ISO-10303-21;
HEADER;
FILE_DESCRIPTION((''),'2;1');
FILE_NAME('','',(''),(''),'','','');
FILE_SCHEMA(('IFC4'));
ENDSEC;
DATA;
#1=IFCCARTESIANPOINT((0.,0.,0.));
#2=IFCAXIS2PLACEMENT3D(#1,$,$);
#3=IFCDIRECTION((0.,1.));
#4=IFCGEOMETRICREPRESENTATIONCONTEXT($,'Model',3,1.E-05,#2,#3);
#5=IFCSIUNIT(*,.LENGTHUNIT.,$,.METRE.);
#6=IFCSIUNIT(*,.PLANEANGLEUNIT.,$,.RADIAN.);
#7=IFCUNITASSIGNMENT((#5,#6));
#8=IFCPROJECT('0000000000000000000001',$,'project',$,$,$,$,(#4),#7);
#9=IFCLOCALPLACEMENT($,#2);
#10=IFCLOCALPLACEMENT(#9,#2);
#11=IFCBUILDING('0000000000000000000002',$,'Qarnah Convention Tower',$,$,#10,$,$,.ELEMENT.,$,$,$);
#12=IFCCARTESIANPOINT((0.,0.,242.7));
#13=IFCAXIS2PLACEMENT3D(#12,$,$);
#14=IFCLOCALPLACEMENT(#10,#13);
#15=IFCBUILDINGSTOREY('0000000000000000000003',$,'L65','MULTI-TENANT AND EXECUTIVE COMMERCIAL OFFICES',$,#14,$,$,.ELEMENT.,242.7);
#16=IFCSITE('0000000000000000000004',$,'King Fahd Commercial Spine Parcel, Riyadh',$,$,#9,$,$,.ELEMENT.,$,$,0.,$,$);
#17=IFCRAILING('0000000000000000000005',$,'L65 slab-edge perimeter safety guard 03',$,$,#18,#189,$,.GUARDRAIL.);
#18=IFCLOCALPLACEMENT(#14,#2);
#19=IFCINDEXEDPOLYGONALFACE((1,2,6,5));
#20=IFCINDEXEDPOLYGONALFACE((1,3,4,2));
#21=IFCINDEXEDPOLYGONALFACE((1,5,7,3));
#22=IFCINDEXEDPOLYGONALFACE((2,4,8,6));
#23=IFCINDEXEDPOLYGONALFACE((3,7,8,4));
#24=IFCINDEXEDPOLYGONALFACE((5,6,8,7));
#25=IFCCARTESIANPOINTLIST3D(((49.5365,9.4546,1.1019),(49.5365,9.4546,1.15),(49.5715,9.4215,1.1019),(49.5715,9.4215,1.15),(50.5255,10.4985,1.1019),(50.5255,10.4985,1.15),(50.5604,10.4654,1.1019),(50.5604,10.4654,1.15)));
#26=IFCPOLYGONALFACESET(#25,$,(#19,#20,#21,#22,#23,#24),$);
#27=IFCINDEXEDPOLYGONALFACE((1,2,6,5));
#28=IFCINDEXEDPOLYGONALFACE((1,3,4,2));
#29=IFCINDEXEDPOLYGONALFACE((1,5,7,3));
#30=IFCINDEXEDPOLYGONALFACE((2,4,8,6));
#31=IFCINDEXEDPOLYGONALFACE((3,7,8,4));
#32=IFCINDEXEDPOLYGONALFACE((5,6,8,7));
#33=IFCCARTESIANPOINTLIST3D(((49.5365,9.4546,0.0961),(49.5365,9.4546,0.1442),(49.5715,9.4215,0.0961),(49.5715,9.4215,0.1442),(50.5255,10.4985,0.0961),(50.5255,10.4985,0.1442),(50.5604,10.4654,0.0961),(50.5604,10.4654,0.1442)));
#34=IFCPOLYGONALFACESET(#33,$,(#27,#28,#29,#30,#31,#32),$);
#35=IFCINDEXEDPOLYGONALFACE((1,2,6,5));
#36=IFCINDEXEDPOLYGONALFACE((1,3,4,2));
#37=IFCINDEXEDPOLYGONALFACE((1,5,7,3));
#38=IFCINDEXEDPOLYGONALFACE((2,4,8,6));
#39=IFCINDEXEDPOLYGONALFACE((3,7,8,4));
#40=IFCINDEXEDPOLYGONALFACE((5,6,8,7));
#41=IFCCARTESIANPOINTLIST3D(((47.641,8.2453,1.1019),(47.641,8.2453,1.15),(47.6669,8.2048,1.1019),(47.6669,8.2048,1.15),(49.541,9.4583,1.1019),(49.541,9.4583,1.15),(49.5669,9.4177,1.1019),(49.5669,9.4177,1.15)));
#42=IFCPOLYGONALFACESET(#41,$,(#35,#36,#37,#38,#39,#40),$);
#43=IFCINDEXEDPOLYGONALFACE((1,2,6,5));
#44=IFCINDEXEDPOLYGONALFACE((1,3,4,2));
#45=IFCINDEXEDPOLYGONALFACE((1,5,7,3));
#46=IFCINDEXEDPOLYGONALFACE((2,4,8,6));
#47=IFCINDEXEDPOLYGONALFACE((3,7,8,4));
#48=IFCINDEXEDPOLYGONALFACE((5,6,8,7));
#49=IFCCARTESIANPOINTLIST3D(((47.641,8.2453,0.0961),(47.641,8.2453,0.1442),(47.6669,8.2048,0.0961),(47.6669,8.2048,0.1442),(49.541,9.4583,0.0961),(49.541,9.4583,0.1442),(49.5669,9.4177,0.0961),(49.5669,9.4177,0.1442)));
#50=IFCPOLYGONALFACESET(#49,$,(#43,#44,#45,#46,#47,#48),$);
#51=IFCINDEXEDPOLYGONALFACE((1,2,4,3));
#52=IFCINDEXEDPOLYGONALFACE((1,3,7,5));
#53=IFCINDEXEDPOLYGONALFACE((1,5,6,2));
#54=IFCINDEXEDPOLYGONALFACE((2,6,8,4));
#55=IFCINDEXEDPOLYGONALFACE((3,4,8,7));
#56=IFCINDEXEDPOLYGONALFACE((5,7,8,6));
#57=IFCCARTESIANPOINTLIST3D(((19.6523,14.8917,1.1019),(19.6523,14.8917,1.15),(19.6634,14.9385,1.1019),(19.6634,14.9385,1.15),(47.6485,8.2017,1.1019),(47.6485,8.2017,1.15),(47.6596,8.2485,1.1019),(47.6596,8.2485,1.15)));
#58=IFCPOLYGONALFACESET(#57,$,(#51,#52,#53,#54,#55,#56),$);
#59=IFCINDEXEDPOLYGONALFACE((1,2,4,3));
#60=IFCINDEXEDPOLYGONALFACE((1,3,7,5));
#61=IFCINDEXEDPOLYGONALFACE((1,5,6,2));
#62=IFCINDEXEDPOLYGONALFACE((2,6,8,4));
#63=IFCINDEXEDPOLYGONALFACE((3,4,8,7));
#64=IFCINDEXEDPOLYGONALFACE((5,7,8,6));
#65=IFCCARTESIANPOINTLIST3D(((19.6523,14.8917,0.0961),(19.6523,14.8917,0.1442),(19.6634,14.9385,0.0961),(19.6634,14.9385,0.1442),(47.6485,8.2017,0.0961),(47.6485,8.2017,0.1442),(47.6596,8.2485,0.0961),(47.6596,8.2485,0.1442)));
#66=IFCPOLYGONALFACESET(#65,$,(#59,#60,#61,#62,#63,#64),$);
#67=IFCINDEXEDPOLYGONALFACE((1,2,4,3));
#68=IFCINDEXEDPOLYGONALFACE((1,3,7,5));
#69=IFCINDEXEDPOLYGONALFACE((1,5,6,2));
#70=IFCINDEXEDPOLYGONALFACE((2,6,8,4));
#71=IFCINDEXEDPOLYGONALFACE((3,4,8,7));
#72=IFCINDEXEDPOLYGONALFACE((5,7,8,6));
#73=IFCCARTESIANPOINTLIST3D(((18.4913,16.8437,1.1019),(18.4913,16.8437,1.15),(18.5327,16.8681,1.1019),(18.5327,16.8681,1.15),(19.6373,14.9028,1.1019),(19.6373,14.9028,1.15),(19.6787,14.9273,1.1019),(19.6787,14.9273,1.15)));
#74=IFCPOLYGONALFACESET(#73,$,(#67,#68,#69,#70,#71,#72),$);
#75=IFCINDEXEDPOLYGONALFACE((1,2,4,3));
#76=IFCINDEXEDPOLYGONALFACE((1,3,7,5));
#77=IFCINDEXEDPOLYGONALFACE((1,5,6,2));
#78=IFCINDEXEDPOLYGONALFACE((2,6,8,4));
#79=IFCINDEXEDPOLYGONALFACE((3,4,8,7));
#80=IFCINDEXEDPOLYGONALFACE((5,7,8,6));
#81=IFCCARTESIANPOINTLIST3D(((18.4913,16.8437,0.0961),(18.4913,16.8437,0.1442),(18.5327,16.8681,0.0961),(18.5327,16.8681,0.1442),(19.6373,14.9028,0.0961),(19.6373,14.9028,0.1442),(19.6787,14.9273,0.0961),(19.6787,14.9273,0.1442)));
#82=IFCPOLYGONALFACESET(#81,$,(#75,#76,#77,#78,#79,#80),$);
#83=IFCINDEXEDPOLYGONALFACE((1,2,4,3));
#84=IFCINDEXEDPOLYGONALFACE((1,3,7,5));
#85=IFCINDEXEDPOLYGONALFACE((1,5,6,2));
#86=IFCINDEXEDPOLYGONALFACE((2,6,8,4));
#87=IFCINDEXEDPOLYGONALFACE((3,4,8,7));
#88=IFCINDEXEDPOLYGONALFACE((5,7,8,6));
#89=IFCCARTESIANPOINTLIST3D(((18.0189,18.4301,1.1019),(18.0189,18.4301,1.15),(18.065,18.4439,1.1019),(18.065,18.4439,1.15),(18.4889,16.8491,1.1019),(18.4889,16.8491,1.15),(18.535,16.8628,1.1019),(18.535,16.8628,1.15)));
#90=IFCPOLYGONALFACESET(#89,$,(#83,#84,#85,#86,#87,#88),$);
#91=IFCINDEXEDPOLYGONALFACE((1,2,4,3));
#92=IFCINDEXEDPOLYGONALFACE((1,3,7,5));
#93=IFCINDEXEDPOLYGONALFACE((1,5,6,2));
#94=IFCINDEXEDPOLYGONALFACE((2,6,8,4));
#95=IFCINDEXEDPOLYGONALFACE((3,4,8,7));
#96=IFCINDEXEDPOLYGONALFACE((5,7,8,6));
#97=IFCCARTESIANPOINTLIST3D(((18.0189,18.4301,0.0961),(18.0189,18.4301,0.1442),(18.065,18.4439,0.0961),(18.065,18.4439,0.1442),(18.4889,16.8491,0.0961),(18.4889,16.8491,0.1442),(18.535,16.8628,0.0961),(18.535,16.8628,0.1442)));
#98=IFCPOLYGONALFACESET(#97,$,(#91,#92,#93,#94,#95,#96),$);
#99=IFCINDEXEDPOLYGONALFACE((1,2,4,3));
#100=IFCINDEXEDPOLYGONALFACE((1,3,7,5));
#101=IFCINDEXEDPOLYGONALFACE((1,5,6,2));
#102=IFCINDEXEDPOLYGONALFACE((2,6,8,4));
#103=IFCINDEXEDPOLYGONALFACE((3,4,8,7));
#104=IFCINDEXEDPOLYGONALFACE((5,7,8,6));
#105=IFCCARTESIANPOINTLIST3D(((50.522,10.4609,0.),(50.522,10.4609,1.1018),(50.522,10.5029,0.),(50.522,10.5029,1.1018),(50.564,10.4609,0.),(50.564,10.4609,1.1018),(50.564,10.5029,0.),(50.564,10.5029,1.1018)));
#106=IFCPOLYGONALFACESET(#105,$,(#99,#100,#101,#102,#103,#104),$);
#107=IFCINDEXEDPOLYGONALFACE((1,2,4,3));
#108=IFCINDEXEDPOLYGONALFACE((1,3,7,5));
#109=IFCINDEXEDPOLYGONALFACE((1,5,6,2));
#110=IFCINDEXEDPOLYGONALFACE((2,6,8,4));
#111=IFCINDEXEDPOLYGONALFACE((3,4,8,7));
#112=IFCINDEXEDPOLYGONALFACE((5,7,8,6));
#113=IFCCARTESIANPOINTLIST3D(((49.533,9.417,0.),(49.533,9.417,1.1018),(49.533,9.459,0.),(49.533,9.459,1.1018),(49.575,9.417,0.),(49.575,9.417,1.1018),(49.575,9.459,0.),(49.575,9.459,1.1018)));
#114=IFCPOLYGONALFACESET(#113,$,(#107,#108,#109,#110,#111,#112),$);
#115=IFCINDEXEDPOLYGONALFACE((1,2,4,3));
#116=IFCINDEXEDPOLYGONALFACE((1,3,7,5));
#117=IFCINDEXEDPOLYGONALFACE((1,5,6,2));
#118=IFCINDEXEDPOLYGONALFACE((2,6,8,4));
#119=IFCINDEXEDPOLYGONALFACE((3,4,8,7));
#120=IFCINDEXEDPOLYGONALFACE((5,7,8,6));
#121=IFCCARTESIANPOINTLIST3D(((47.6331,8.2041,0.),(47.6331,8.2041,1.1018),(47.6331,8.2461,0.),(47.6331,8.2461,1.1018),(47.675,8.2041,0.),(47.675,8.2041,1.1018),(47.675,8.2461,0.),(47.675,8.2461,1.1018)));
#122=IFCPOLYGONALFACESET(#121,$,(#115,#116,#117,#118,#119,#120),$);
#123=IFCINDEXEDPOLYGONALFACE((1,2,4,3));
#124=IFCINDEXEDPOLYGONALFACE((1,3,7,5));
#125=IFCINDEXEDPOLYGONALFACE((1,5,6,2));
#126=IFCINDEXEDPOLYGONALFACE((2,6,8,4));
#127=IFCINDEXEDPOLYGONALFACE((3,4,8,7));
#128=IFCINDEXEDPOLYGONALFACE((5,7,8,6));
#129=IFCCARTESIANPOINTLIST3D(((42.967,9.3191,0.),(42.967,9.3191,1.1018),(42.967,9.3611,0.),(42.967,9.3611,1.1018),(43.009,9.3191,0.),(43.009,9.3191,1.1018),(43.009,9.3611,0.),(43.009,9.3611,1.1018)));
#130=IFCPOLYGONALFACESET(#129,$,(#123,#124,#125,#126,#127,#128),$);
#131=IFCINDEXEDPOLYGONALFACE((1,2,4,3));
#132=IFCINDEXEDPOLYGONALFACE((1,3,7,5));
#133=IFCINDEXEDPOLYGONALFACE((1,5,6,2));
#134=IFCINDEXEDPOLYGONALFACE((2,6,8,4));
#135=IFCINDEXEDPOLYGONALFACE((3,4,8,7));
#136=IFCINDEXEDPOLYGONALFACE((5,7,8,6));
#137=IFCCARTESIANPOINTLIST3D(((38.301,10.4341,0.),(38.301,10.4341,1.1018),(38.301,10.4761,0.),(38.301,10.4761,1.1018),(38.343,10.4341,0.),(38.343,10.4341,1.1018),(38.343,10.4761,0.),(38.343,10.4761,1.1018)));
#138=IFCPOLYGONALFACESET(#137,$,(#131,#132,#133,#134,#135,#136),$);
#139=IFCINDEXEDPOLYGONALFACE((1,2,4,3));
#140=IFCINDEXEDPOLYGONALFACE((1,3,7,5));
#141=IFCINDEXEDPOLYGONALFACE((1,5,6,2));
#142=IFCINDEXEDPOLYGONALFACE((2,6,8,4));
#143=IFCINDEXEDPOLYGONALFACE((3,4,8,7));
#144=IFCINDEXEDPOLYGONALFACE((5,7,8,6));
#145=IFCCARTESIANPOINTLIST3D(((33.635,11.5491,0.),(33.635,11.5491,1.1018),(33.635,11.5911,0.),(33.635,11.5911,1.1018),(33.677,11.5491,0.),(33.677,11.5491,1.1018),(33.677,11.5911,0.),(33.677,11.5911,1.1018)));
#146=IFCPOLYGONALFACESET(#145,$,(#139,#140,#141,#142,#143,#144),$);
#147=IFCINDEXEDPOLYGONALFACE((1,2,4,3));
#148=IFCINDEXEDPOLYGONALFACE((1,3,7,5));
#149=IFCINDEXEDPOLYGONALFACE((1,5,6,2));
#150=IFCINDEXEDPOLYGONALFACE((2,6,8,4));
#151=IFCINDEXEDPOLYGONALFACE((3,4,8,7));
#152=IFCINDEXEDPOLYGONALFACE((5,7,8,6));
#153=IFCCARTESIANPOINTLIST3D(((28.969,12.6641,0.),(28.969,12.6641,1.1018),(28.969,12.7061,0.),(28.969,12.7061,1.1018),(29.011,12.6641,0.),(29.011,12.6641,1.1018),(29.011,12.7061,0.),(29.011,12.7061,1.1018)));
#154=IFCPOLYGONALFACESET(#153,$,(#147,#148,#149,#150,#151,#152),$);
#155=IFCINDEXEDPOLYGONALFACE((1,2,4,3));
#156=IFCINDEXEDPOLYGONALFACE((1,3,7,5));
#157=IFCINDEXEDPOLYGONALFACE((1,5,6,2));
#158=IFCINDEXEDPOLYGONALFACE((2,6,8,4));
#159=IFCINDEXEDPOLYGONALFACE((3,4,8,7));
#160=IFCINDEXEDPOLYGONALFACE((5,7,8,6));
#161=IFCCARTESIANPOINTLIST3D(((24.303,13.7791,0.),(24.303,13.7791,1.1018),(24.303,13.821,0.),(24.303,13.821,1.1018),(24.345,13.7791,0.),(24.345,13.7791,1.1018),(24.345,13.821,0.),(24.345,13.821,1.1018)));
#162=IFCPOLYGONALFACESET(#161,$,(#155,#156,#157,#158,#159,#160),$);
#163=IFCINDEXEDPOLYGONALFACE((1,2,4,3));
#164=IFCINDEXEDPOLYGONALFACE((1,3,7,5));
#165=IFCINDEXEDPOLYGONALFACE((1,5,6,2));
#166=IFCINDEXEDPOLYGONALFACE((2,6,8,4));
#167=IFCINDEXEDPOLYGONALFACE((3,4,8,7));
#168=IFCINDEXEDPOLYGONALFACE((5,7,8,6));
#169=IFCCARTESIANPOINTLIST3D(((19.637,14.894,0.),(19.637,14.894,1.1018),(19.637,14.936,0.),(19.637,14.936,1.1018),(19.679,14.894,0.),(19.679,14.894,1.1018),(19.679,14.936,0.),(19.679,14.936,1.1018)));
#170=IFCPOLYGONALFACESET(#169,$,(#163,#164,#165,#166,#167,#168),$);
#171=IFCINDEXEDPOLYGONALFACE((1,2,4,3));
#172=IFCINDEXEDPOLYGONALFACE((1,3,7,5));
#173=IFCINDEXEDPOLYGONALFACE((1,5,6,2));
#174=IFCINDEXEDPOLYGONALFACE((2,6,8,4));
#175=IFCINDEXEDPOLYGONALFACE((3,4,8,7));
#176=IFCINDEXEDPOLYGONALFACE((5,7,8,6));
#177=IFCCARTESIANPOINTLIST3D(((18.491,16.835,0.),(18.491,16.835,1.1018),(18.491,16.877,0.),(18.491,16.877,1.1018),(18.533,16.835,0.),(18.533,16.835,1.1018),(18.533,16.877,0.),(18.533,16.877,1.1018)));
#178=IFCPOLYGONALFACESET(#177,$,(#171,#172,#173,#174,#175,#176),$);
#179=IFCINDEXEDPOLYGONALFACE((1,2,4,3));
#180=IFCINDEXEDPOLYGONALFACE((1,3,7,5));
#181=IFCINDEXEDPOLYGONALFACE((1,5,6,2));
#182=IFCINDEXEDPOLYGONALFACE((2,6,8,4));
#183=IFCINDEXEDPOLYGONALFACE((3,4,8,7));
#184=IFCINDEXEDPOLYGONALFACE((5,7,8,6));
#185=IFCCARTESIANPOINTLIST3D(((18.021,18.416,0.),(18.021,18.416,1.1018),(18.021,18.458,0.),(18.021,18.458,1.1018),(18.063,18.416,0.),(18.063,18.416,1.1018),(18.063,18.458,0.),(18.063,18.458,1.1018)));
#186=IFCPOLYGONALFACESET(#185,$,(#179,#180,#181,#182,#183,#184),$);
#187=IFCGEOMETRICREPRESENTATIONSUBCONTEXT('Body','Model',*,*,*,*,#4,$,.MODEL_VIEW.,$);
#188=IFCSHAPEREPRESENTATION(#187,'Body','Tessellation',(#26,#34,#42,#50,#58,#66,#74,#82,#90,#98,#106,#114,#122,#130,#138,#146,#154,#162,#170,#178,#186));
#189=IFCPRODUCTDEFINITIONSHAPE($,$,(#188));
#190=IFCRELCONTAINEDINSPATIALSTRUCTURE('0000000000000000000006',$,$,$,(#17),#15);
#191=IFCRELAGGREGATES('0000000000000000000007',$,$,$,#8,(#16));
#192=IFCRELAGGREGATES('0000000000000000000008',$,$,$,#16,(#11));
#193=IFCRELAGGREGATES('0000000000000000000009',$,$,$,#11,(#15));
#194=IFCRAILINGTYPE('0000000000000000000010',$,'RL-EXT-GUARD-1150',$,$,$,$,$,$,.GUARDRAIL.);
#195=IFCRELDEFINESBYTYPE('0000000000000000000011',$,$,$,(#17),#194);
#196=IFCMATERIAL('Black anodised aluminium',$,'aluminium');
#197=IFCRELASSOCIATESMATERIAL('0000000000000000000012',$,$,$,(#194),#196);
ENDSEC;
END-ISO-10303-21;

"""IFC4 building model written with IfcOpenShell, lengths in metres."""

from ifc_helpers import new_model, si_unit, direction, frame, origin, origin_2d, place, context, subcontext, project, spatial, rectangle, extrude, material, type_object, element, save


model = new_model("IFC4")

# Units and contexts
model_context = context("Model", 3, precision=1e-05, world=origin(), true_north=direction((0.0, 1.0)))
body_context = subcontext(model_context, "Body", "Model", "MODEL_VIEW")
ifc_project = project(units=[si_unit("LENGTHUNIT", "METRE"), si_unit("PLANEANGLEUNIT", "RADIAN")], contexts=[model_context])

# Site, building, storey
site_placement = place(None, origin())
site = spatial("IfcSite", under=ifc_project, at=site_placement, Name="King Fahd Commercial Spine Parcel, Riyadh", CompositionType="ELEMENT", RefElevation=0.0)
building_placement = place(site_placement, origin())
building = spatial("IfcBuilding", under=site, at=building_placement, Name="Qarnah Convention Tower", CompositionType="ELEMENT")
storey_placement = place(building_placement, frame((0.0, 0.0, 242.7)))
storey = spatial("IfcBuildingStorey", under=building, at=storey_placement, Name="L65", Description="MULTI-TENANT AND EXECUTIVE COMMERCIAL OFFICES", CompositionType="ELEMENT", Elevation=242.7)

# Shared definitions
ifc_material_1 = material(Name="Black anodised aluminium", Category="aluminium")

# Railing
railing_type = type_object("IfcRailingType", Name="RL-EXT-GUARD-1150", PredefinedType="GUARDRAIL", material=ifc_material_1)
railing_1_placement = place(storey_placement, frame((50.543, 10.4819, 0.0)))
element("IfcRailing", 1, at=railing_1_placement, inside=storey, type_object=railing_type, Name="L65 slab-edge perimeter safety guard 03", PredefinedType="GUARDRAIL", context=body_context, shape_type="SweptSolid", body=[
    extrude(rectangle(XDim=0.0481, YDim=0.0481, at=origin_2d()), frame((0.0, 0.0, 1.126), z_axis=(-0.687749, -0.725948, 0.0), x_axis=(0.725948, -0.687749, 0.0)), (0.0, 0.0, 1.0), 1.438),
    extrude(rectangle(XDim=0.0481, YDim=0.0481, at=origin_2d()), frame((0.0, 0.0, 0.1201), z_axis=(-0.687749, -0.725948, 0.0), x_axis=(0.725948, -0.687749, 0.0)), (0.0, 0.0, 1.0), 1.438),
    extrude(rectangle(XDim=0.0481, YDim=0.0481, at=origin_2d()), frame((-0.989, -1.0439, 1.126), z_axis=(-0.842885, -0.538094, 0.0), x_axis=(0.538094, -0.842885, 0.0)), (0.0, 0.0, 1.0), 2.2542),
    extrude(rectangle(XDim=0.0481, YDim=0.0481, at=origin_2d()), frame((-0.989, -1.0439, 0.1201), z_axis=(-0.842885, -0.538094, 0.0), x_axis=(0.538094, -0.842885, 0.0)), (0.0, 0.0, 1.0), 2.2542),
    extrude(rectangle(XDim=0.0481, YDim=0.0481, at=origin_2d()), frame((-2.8889, -2.2568, 1.126), z_axis=(-0.972616, 0.232416, 0.0), x_axis=(-0.232416, -0.972616, 0.0)), (0.0, 0.0, 1.0), 28.7844),
    extrude(rectangle(XDim=0.0481, YDim=0.0481, at=origin_2d()), frame((-2.8889, -2.2568, 0.1201), z_axis=(-0.972616, 0.232416, 0.0), x_axis=(-0.232416, -0.972616, 0.0)), (0.0, 0.0, 1.0), 28.7844),
    extrude(rectangle(XDim=0.0481, YDim=0.0481, at=origin_2d()), frame((-30.885, 4.4331, 1.126), z_axis=(-0.50843, 0.861103, 0.0), x_axis=(-0.861103, -0.50843, 0.0)), (0.0, 0.0, 1.0), 2.2539),
    extrude(rectangle(XDim=0.0481, YDim=0.0481, at=origin_2d()), frame((-30.885, 4.4331, 0.1201), z_axis=(-0.50843, 0.861103, 0.0), x_axis=(-0.861103, -0.50843, 0.0)), (0.0, 0.0, 1.0), 2.2539),
    extrude(rectangle(XDim=0.0481, YDim=0.0481, at=origin_2d()), frame((-32.031, 6.374, 1.126), z_axis=(-0.28493, 0.958548, 0.0), x_axis=(-0.958548, -0.28493, 0.0)), (0.0, 0.0, 1.0), 1.6494),
    extrude(rectangle(XDim=0.0481, YDim=0.0481, at=origin_2d()), frame((-32.031, 6.374, 0.1201), z_axis=(-0.28493, 0.958548, 0.0), x_axis=(-0.958548, -0.28493, 0.0)), (0.0, 0.0, 1.0), 1.6494),
    extrude(rectangle(XDim=0.042, YDim=0.042, at=origin_2d()), origin(), (0.0, 0.0, 1.0), 1.1018),
    extrude(rectangle(XDim=0.042, YDim=0.042, at=origin_2d()), frame((-0.989, -1.0439, 0.0)), (0.0, 0.0, 1.0), 1.1018),
    extrude(rectangle(XDim=0.042, YDim=0.042, at=origin_2d()), frame((-2.8889, -2.2568, 0.0)), (0.0, 0.0, 1.0), 1.1018),
    extrude(rectangle(XDim=0.042, YDim=0.042, at=origin_2d()), frame((-7.5549, -1.1418, 0.0)), (0.0, 0.0, 1.0), 1.1018),
    extrude(rectangle(XDim=0.042, YDim=0.042, at=origin_2d()), frame((-12.2209, -0.0269, 0.0)), (0.0, 0.0, 1.0), 1.1018),
    extrude(rectangle(XDim=0.042, YDim=0.042, at=origin_2d()), frame((-16.887, 1.0881, 0.0)), (0.0, 0.0, 1.0), 1.1018),
    extrude(rectangle(XDim=0.042, YDim=0.042, at=origin_2d()), frame((-21.553, 2.2031, 0.0)), (0.0, 0.0, 1.0), 1.1018),
    extrude(rectangle(XDim=0.042, YDim=0.042, at=origin_2d()), frame((-26.219, 3.3181, 0.0)), (0.0, 0.0, 1.0), 1.1018),
    extrude(rectangle(XDim=0.042, YDim=0.042, at=origin_2d()), frame((-30.885, 4.4331, 0.0)), (0.0, 0.0, 1.0), 1.1018),
    extrude(rectangle(XDim=0.042, YDim=0.042, at=origin_2d()), frame((-32.031, 6.374, 0.0)), (0.0, 0.0, 1.0), 1.1018),
    extrude(rectangle(XDim=0.042, YDim=0.042, at=origin_2d()), frame((-32.501, 7.9551, 0.0)), (0.0, 0.0, 1.0), 1.1018),
])

save(model, "model.ifc")
